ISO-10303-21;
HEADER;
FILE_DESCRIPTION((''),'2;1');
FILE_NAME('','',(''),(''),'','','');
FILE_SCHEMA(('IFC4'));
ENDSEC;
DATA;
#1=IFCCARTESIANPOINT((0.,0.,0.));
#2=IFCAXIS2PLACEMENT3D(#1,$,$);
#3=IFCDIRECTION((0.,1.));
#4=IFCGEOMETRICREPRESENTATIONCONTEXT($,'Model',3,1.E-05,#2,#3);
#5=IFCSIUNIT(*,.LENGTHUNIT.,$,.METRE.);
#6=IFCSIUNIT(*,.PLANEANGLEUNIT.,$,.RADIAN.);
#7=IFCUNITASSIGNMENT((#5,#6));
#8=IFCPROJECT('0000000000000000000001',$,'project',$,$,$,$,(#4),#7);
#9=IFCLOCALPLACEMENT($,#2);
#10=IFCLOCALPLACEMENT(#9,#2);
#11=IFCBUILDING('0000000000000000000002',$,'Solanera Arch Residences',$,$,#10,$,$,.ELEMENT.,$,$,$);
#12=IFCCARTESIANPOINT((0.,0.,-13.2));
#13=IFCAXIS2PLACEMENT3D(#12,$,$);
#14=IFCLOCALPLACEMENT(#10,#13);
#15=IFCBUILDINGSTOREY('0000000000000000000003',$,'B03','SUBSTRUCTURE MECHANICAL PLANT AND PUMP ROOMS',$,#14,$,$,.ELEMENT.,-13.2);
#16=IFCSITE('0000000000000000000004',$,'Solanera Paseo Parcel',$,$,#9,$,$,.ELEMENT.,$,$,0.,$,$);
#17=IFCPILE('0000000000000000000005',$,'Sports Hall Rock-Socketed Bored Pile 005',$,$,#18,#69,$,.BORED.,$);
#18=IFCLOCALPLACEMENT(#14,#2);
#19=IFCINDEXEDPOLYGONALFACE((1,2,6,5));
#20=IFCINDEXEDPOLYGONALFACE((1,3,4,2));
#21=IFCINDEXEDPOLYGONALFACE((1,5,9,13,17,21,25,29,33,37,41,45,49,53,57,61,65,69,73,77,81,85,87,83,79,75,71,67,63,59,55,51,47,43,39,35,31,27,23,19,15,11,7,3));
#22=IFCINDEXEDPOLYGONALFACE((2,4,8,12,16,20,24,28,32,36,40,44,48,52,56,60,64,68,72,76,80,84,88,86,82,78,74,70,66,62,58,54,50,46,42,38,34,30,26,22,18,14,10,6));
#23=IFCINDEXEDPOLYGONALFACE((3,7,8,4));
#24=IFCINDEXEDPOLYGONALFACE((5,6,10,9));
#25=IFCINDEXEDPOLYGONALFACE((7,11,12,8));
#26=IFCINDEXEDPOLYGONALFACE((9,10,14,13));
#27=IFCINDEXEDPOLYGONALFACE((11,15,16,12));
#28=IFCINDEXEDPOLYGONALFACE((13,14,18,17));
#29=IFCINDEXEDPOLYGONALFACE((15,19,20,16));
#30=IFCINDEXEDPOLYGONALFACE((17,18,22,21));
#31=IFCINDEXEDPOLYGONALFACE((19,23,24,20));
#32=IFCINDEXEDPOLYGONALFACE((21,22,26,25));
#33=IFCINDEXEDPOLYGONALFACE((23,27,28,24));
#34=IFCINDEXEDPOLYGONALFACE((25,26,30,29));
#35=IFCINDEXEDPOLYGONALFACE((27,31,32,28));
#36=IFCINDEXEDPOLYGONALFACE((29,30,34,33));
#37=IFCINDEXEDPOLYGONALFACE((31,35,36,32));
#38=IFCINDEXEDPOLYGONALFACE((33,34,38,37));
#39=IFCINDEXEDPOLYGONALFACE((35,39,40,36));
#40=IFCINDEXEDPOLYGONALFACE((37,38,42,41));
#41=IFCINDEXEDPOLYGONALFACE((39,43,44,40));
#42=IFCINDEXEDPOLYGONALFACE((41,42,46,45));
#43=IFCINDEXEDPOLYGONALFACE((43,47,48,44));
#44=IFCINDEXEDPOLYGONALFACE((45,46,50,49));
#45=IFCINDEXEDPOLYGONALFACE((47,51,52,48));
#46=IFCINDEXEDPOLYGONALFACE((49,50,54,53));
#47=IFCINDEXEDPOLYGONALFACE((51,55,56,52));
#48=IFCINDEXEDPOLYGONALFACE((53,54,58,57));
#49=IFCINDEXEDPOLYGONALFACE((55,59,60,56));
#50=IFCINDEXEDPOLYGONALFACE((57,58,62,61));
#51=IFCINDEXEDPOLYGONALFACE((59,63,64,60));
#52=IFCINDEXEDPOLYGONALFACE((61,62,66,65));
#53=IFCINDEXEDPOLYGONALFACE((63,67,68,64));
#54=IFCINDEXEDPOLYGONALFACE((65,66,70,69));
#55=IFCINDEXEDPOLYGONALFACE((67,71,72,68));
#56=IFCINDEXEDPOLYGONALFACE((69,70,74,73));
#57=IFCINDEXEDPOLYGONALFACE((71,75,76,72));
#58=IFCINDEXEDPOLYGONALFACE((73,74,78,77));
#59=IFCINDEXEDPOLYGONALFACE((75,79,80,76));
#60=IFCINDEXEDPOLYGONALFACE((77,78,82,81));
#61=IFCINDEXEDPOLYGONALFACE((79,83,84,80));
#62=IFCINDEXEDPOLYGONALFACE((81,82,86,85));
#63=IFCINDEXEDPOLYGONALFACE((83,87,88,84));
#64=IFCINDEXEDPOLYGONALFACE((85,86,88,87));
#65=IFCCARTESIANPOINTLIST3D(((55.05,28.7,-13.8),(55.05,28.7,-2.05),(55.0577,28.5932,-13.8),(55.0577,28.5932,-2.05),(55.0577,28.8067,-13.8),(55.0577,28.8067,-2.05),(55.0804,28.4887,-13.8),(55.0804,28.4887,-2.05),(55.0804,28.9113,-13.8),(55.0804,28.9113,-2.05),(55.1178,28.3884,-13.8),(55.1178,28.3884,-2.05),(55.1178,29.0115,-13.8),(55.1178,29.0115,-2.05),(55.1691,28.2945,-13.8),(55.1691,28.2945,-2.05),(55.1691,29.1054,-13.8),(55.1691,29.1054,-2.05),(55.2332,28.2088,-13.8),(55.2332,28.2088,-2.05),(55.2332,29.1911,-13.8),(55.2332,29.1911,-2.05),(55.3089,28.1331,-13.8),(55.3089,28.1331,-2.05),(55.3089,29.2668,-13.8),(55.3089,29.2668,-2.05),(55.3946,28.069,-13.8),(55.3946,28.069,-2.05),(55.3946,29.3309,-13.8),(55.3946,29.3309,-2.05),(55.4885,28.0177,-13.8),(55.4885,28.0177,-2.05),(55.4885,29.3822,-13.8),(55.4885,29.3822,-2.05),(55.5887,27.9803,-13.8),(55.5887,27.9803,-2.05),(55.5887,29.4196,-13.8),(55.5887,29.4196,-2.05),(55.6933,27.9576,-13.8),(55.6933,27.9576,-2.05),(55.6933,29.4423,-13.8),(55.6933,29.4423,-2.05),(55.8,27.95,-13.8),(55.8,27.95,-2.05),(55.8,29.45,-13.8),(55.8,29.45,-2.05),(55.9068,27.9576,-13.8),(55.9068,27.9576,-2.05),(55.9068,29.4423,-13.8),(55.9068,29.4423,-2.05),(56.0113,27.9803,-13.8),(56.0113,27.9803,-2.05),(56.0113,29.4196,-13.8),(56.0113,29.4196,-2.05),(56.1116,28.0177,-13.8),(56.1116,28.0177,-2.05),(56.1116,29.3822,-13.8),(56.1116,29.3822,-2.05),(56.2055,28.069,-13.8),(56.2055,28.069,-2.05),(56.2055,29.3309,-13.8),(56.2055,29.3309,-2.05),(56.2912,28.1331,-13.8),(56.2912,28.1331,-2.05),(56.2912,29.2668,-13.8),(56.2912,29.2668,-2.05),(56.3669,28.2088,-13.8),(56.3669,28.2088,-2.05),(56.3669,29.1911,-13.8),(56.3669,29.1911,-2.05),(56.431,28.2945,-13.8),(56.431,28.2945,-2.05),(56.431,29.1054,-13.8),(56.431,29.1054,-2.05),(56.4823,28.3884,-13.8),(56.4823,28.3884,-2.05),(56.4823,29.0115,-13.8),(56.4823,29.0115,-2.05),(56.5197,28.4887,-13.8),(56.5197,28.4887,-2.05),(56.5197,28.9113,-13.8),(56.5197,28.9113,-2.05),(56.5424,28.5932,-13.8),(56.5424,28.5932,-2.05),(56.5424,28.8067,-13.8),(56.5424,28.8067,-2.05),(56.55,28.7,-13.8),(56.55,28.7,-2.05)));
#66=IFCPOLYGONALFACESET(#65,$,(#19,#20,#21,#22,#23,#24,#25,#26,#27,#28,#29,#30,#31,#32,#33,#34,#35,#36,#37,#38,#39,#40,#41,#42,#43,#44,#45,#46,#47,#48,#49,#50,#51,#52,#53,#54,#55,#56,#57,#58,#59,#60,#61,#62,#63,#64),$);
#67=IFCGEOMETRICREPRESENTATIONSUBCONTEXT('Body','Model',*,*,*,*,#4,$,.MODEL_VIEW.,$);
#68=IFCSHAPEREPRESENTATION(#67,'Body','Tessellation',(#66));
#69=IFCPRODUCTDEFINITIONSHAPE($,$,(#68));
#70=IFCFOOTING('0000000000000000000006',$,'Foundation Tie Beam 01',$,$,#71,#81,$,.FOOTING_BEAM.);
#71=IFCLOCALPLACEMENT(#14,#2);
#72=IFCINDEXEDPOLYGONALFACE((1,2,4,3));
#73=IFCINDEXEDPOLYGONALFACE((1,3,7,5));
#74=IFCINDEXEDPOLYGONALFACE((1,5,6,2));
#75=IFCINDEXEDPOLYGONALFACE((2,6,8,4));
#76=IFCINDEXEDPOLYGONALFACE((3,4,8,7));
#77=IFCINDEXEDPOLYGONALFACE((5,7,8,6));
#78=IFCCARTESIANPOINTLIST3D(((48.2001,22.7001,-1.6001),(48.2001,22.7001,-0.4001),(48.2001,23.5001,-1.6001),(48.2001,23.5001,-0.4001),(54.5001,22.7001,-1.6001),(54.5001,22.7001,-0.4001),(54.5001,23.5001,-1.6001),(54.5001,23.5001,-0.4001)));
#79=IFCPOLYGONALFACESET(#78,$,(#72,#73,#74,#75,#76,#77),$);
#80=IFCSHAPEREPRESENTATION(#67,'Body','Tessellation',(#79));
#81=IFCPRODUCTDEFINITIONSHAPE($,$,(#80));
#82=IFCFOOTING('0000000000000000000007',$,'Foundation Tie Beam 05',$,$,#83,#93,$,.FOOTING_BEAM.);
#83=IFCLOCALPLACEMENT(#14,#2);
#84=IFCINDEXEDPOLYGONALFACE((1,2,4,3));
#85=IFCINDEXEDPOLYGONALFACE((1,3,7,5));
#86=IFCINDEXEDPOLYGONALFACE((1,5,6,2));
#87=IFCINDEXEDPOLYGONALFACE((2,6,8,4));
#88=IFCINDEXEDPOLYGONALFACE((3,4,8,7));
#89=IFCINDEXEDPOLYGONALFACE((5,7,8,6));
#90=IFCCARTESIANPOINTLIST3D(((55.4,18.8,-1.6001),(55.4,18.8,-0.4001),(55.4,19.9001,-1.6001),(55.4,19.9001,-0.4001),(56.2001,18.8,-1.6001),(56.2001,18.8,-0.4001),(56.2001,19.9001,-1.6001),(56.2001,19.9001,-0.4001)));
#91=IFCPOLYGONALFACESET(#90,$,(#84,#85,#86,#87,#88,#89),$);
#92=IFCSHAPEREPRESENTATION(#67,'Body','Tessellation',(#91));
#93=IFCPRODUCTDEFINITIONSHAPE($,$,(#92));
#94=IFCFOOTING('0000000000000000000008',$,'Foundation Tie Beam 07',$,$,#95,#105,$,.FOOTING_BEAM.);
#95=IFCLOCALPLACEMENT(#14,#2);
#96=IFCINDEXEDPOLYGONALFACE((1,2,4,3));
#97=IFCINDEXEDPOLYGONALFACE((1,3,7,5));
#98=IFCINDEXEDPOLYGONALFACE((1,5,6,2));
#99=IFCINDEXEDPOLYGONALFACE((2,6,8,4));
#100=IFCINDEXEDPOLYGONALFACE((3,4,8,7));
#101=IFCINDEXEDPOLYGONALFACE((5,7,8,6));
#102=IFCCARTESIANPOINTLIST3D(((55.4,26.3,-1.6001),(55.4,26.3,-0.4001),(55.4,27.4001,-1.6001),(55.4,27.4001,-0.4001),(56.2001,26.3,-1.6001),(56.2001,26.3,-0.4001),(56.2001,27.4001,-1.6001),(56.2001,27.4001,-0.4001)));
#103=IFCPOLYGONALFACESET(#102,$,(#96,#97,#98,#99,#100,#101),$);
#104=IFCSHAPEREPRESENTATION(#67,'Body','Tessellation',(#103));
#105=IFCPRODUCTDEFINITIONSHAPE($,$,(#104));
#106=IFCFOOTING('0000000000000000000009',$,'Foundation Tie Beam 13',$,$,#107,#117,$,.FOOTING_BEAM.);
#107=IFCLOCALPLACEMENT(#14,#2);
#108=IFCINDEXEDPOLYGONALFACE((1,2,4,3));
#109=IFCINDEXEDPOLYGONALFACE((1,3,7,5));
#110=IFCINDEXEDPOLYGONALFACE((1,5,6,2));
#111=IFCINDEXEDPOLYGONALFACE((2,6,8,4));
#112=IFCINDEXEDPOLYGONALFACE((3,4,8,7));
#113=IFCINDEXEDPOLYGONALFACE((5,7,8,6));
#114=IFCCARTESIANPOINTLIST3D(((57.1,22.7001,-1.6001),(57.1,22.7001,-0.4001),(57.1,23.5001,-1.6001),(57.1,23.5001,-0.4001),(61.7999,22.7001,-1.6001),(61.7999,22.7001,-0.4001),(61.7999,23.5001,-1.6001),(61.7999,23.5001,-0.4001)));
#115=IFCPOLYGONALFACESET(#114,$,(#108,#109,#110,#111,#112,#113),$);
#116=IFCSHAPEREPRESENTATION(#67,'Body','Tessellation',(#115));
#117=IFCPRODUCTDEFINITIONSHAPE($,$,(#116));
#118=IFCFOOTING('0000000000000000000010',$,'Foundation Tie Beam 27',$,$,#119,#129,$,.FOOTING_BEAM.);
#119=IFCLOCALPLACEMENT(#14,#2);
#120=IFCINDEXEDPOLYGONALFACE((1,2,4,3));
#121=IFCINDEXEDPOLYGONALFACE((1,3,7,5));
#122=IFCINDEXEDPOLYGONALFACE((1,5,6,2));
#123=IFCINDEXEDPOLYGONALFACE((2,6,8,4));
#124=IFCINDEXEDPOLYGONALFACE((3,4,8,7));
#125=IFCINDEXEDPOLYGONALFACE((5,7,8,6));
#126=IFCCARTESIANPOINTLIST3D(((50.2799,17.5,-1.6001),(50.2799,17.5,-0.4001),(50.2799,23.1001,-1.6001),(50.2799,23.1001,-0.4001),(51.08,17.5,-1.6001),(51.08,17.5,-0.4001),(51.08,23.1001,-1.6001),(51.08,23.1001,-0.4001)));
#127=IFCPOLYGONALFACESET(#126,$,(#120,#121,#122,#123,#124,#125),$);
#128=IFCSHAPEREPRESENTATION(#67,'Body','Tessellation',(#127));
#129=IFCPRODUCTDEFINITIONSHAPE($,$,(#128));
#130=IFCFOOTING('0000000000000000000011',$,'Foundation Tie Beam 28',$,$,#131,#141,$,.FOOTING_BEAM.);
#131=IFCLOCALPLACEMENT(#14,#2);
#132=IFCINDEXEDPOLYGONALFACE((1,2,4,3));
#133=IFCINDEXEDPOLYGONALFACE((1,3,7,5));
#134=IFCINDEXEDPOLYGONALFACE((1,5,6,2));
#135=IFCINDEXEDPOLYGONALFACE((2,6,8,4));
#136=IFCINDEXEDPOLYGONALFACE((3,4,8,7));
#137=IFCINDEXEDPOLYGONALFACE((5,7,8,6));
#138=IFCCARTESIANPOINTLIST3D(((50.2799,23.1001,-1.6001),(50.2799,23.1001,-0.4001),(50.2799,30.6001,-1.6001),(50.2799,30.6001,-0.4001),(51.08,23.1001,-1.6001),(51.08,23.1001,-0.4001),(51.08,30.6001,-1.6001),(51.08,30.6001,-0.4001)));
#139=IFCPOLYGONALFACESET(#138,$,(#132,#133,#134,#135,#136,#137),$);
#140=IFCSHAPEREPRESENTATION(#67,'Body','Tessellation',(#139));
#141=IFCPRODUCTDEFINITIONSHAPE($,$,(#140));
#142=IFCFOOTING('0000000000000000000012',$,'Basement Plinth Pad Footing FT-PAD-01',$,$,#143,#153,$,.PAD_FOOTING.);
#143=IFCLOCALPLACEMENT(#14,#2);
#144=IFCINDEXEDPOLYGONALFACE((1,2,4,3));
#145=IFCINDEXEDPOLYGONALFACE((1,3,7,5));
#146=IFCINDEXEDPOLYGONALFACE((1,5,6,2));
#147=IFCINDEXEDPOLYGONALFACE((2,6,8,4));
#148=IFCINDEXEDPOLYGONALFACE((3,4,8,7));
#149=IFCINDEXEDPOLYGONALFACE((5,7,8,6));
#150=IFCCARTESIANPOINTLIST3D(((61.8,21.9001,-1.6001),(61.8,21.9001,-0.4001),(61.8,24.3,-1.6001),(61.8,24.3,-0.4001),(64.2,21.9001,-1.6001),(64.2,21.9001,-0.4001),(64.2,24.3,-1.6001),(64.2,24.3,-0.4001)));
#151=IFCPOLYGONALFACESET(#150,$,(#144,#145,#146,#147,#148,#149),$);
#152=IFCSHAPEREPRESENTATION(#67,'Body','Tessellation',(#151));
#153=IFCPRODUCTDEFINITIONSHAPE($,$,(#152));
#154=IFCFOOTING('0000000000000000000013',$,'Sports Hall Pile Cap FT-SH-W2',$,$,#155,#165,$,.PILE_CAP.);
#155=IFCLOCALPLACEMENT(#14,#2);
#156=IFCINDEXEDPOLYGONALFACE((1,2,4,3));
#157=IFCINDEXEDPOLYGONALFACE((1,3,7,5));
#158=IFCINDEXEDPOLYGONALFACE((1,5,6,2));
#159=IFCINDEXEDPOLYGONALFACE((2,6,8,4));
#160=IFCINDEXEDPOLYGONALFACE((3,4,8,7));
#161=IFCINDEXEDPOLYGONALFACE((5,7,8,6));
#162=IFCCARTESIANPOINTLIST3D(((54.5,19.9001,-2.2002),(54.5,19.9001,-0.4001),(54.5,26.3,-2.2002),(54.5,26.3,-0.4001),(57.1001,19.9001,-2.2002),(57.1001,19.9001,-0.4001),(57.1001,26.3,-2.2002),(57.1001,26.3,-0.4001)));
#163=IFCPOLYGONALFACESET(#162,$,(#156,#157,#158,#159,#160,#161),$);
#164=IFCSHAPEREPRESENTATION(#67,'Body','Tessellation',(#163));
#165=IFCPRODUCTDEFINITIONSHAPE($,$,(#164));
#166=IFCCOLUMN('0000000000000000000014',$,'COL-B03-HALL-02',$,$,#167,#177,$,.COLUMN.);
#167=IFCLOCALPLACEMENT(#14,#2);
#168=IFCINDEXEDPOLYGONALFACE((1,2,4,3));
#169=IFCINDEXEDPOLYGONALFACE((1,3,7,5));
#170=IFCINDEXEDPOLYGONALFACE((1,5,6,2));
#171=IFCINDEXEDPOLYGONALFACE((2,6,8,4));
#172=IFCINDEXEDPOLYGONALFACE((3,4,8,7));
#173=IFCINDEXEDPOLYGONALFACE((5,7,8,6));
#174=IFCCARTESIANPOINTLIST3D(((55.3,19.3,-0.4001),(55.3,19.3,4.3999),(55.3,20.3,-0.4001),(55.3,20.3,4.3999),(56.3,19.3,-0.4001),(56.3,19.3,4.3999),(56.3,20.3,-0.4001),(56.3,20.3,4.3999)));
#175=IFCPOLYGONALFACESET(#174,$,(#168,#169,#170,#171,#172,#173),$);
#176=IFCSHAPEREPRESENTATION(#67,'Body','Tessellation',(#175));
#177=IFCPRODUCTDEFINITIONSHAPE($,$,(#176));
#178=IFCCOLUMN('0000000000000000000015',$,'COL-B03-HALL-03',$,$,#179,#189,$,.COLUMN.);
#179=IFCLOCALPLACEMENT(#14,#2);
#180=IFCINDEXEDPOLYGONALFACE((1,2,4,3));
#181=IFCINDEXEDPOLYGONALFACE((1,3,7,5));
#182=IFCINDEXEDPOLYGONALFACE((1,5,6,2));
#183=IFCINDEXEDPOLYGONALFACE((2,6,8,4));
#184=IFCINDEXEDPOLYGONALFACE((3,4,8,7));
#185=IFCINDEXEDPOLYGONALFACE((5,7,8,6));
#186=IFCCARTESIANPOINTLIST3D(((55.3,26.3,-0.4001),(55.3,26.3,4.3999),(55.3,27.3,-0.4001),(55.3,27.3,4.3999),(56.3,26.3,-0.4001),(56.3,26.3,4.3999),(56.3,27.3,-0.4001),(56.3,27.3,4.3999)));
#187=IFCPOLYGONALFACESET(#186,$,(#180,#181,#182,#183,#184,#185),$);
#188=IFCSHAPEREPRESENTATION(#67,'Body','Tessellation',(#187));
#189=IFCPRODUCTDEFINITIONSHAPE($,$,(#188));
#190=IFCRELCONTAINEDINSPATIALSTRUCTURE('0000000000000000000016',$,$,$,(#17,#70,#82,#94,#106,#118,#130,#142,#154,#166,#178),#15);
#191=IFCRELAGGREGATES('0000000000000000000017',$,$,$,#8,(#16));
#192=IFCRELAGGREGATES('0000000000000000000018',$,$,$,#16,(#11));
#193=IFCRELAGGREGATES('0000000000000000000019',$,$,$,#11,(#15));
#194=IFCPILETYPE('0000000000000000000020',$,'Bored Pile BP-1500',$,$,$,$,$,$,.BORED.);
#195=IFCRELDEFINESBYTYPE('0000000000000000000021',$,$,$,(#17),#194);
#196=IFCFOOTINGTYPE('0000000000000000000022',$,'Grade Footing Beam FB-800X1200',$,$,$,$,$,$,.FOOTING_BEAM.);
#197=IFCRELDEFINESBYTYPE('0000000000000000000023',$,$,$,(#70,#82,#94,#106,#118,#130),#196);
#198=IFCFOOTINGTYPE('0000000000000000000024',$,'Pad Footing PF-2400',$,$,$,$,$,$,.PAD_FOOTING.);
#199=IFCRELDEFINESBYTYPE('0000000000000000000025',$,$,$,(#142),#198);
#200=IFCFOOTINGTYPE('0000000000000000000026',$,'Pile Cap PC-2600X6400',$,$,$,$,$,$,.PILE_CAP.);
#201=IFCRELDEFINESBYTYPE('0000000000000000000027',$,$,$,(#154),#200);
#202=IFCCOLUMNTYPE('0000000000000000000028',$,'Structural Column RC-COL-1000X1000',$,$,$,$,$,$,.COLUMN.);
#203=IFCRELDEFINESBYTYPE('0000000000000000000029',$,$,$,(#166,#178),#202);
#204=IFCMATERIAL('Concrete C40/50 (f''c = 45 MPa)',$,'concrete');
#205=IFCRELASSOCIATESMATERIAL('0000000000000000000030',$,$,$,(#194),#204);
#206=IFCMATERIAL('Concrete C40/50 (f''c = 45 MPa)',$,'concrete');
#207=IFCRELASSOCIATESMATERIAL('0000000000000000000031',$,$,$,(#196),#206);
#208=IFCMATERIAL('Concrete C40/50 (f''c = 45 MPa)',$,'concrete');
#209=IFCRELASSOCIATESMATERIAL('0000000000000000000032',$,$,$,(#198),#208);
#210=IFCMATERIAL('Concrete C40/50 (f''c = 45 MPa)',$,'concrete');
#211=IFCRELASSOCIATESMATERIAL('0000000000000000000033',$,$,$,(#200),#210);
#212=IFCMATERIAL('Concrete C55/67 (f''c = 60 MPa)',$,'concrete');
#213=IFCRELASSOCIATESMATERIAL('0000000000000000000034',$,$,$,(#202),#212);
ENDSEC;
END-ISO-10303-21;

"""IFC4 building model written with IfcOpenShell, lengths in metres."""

from ifc_helpers import new_model, si_unit, direction, frame, origin, origin_2d, place, context, subcontext, project, spatial, rectangle, circle, extrude, material, material_profile, profile_set, type_object, element, save


model = new_model("IFC4")

# Units and contexts
model_context = context("Model", 3, precision=1e-05, world=origin(), true_north=direction((0.0, 1.0)))
body_context = subcontext(model_context, "Body", "Model", "MODEL_VIEW")
ifc_project = project(units=[si_unit("LENGTHUNIT", "METRE"), si_unit("PLANEANGLEUNIT", "RADIAN")], contexts=[model_context])

# Site, building, storey
site_placement = place(None, origin())
site = spatial("IfcSite", under=ifc_project, at=site_placement, Name="Solanera Paseo Parcel", CompositionType="ELEMENT", RefElevation=0.0)
building_placement = place(site_placement, origin())
building = spatial("IfcBuilding", under=site, at=building_placement, Name="Solanera Arch Residences", CompositionType="ELEMENT")
storey_placement = place(building_placement, frame((0.0, 0.0, -13.2)))
storey = spatial("IfcBuildingStorey", under=building, at=storey_placement, Name="B03", Description="SUBSTRUCTURE MECHANICAL PLANT AND PUMP ROOMS", CompositionType="ELEMENT", Elevation=-13.2)

# Pile
ifc_material_1 = material(Name="Concrete C40/50 (f'c = 45 MPa)", Category="concrete")
ifc_material_profile_1 = material_profile(ifc_material_1, circle(Radius=0.75, at=origin_2d()))
ifc_profile_set_1 = profile_set([ifc_material_profile_1], Name="Concrete C40/50 (f'c = 45 MPa)")
pile_type = type_object("IfcPileType", Name="Bored Pile BP-1500", PredefinedType="BORED", material=ifc_profile_set_1)
for number, where, z_axis, x_axis, name in (
    (1, (55.8, 28.7, -2.05), (0.0, 0.0, -1.0), (1.0, 0.0, 0.0), "Sports Hall Rock-Socketed Bored Pile 005"),
):
    element("IfcPile", number, at=place(storey_placement, frame(where, z_axis=z_axis, x_axis=x_axis)), inside=storey, type_object=pile_type, Name=name, PredefinedType="BORED", context=body_context, shape_type="SweptSolid", body=[
        extrude(circle(Radius=0.75, at=origin_2d()), origin(), (0.0, 0.0, 1.0), 11.75),
    ])

# Footings
ifc_material_2 = material(Name="Concrete C40/50 (f'c = 45 MPa)", Category="concrete")
footing_type_1 = type_object("IfcFootingType", Name="Grade Footing Beam FB-800X1200", PredefinedType="FOOTING_BEAM", material=ifc_material_2)
footing_1_placement = place(storey_placement, frame((51.3501, 23.1001, -1.6001), z_axis=(0.0, 0.0, 1.0), x_axis=(1.0, 0.0, 0.0)))
element("IfcFooting", 2, at=footing_1_placement, inside=storey, type_object=footing_type_1, Name="Foundation Tie Beam 01", PredefinedType="FOOTING_BEAM", context=body_context, shape_type="SweptSolid", body=[
    extrude(rectangle(XDim=6.3, YDim=0.8, at=origin_2d()), origin(), (0.0, 0.0, 1.0), 1.2),
])
for number, where, z_axis, x_axis, name in (
    (3, (55.8, 19.3501, -1.6001), (0.0, 0.0, 1.0), (1.0, 0.0, 0.0), "Foundation Tie Beam 05"),
    (4, (55.8, 26.8501, -1.6001), (0.0, 0.0, 1.0), (1.0, 0.0, 0.0), "Foundation Tie Beam 07"),
):
    element("IfcFooting", number, at=place(storey_placement, frame(where, z_axis=z_axis, x_axis=x_axis)), inside=storey, type_object=footing_type_1, Name=name, PredefinedType="FOOTING_BEAM", context=body_context, shape_type="SweptSolid", body=[
        extrude(rectangle(XDim=0.8, YDim=1.1001, at=origin_2d()), origin(), (0.0, 0.0, 1.0), 1.2),
    ])
footing_2_placement = place(storey_placement, frame((59.45, 23.1001, -1.6001), z_axis=(0.0, 0.0, 1.0), x_axis=(1.0, 0.0, 0.0)))
element("IfcFooting", 5, at=footing_2_placement, inside=storey, type_object=footing_type_1, Name="Foundation Tie Beam 13", PredefinedType="FOOTING_BEAM", context=body_context, shape_type="SweptSolid", body=[
    extrude(rectangle(XDim=4.7, YDim=0.8, at=origin_2d()), origin(), (0.0, 0.0, 1.0), 1.2),
])
footing_3_placement = place(storey_placement, frame((50.6799, 20.3, -1.6001), z_axis=(0.0, 0.0, 1.0), x_axis=(1.0, 0.0, 0.0)))
element("IfcFooting", 6, at=footing_3_placement, inside=storey, type_object=footing_type_1, Name="Foundation Tie Beam 27", PredefinedType="FOOTING_BEAM", context=body_context, shape_type="SweptSolid", body=[
    extrude(rectangle(XDim=0.8, YDim=5.6001, at=origin_2d()), origin(), (0.0, 0.0, 1.0), 1.2),
])
footing_4_placement = place(storey_placement, frame((50.6799, 26.8501, -1.6001), z_axis=(0.0, 0.0, 1.0), x_axis=(1.0, 0.0, 0.0)))
element("IfcFooting", 7, at=footing_4_placement, inside=storey, type_object=footing_type_1, Name="Foundation Tie Beam 28", PredefinedType="FOOTING_BEAM", context=body_context, shape_type="SweptSolid", body=[
    extrude(rectangle(XDim=0.8, YDim=7.5, at=origin_2d()), origin(), (0.0, 0.0, 1.0), 1.2),
])
ifc_material_3 = material(Name="Concrete C40/50 (f'c = 45 MPa)", Category="concrete")
footing_type_2 = type_object("IfcFootingType", Name="Pad Footing PF-2400", PredefinedType="PAD_FOOTING", material=ifc_material_3)
footing_5_placement = place(storey_placement, frame((63.0, 23.1001, -1.6001), z_axis=(0.0, 0.0, 1.0), x_axis=(1.0, 0.0, 0.0)))
element("IfcFooting", 8, at=footing_5_placement, inside=storey, type_object=footing_type_2, Name="Basement Plinth Pad Footing FT-PAD-01", PredefinedType="PAD_FOOTING", context=body_context, shape_type="SweptSolid", body=[
    extrude(rectangle(XDim=2.3999, YDim=2.3999, at=origin_2d()), origin(), (0.0, 0.0, 1.0), 1.2),
])
ifc_material_4 = material(Name="Concrete C40/50 (f'c = 45 MPa)", Category="concrete")
footing_type_3 = type_object("IfcFootingType", Name="Pile Cap PC-2600X6400", PredefinedType="PILE_CAP", material=ifc_material_4)
footing_6_placement = place(storey_placement, frame((55.8, 23.1001, -2.2002), z_axis=(0.0, 0.0, 1.0), x_axis=(1.0, 0.0, 0.0)))
element("IfcFooting", 9, at=footing_6_placement, inside=storey, type_object=footing_type_3, Name="Sports Hall Pile Cap FT-SH-W2", PredefinedType="PILE_CAP", context=body_context, shape_type="SweptSolid", body=[
    extrude(rectangle(XDim=2.6001, YDim=6.3999, at=origin_2d()), origin(), (0.0, 0.0, 1.0), 1.8),
])

# Columns
ifc_material_5 = material(Name="Concrete C55/67 (f'c = 60 MPa)", Category="concrete")
ifc_material_profile_2 = material_profile(ifc_material_5, rectangle(XDim=1.0, YDim=1.0, at=origin_2d()))
ifc_profile_set_2 = profile_set([ifc_material_profile_2], Name="Concrete C55/67 (f'c = 60 MPa)")
column_type = type_object("IfcColumnType", Name="Structural Column RC-COL-1000X1000", PredefinedType="COLUMN", material=ifc_profile_set_2)
for number, where, z_axis, x_axis, name in (
    (10, (55.8, 19.8, -0.4001), (0.0, 0.0, 1.0), (1.0, 0.0, 0.0), "COL-B03-HALL-02"),
    (11, (55.8, 26.8, -0.4001), (0.0, 0.0, 1.0), (1.0, 0.0, 0.0), "COL-B03-HALL-03"),
):
    element("IfcColumn", number, at=place(storey_placement, frame(where, z_axis=z_axis, x_axis=x_axis)), inside=storey, type_object=column_type, Name=name, PredefinedType="COLUMN", context=body_context, shape_type="SweptSolid", body=[
        extrude(rectangle(XDim=1.0, YDim=1.0, at=origin_2d()), origin(), (0.0, 0.0, 1.0), 4.8),
    ])

save(model, "model.ifc")
